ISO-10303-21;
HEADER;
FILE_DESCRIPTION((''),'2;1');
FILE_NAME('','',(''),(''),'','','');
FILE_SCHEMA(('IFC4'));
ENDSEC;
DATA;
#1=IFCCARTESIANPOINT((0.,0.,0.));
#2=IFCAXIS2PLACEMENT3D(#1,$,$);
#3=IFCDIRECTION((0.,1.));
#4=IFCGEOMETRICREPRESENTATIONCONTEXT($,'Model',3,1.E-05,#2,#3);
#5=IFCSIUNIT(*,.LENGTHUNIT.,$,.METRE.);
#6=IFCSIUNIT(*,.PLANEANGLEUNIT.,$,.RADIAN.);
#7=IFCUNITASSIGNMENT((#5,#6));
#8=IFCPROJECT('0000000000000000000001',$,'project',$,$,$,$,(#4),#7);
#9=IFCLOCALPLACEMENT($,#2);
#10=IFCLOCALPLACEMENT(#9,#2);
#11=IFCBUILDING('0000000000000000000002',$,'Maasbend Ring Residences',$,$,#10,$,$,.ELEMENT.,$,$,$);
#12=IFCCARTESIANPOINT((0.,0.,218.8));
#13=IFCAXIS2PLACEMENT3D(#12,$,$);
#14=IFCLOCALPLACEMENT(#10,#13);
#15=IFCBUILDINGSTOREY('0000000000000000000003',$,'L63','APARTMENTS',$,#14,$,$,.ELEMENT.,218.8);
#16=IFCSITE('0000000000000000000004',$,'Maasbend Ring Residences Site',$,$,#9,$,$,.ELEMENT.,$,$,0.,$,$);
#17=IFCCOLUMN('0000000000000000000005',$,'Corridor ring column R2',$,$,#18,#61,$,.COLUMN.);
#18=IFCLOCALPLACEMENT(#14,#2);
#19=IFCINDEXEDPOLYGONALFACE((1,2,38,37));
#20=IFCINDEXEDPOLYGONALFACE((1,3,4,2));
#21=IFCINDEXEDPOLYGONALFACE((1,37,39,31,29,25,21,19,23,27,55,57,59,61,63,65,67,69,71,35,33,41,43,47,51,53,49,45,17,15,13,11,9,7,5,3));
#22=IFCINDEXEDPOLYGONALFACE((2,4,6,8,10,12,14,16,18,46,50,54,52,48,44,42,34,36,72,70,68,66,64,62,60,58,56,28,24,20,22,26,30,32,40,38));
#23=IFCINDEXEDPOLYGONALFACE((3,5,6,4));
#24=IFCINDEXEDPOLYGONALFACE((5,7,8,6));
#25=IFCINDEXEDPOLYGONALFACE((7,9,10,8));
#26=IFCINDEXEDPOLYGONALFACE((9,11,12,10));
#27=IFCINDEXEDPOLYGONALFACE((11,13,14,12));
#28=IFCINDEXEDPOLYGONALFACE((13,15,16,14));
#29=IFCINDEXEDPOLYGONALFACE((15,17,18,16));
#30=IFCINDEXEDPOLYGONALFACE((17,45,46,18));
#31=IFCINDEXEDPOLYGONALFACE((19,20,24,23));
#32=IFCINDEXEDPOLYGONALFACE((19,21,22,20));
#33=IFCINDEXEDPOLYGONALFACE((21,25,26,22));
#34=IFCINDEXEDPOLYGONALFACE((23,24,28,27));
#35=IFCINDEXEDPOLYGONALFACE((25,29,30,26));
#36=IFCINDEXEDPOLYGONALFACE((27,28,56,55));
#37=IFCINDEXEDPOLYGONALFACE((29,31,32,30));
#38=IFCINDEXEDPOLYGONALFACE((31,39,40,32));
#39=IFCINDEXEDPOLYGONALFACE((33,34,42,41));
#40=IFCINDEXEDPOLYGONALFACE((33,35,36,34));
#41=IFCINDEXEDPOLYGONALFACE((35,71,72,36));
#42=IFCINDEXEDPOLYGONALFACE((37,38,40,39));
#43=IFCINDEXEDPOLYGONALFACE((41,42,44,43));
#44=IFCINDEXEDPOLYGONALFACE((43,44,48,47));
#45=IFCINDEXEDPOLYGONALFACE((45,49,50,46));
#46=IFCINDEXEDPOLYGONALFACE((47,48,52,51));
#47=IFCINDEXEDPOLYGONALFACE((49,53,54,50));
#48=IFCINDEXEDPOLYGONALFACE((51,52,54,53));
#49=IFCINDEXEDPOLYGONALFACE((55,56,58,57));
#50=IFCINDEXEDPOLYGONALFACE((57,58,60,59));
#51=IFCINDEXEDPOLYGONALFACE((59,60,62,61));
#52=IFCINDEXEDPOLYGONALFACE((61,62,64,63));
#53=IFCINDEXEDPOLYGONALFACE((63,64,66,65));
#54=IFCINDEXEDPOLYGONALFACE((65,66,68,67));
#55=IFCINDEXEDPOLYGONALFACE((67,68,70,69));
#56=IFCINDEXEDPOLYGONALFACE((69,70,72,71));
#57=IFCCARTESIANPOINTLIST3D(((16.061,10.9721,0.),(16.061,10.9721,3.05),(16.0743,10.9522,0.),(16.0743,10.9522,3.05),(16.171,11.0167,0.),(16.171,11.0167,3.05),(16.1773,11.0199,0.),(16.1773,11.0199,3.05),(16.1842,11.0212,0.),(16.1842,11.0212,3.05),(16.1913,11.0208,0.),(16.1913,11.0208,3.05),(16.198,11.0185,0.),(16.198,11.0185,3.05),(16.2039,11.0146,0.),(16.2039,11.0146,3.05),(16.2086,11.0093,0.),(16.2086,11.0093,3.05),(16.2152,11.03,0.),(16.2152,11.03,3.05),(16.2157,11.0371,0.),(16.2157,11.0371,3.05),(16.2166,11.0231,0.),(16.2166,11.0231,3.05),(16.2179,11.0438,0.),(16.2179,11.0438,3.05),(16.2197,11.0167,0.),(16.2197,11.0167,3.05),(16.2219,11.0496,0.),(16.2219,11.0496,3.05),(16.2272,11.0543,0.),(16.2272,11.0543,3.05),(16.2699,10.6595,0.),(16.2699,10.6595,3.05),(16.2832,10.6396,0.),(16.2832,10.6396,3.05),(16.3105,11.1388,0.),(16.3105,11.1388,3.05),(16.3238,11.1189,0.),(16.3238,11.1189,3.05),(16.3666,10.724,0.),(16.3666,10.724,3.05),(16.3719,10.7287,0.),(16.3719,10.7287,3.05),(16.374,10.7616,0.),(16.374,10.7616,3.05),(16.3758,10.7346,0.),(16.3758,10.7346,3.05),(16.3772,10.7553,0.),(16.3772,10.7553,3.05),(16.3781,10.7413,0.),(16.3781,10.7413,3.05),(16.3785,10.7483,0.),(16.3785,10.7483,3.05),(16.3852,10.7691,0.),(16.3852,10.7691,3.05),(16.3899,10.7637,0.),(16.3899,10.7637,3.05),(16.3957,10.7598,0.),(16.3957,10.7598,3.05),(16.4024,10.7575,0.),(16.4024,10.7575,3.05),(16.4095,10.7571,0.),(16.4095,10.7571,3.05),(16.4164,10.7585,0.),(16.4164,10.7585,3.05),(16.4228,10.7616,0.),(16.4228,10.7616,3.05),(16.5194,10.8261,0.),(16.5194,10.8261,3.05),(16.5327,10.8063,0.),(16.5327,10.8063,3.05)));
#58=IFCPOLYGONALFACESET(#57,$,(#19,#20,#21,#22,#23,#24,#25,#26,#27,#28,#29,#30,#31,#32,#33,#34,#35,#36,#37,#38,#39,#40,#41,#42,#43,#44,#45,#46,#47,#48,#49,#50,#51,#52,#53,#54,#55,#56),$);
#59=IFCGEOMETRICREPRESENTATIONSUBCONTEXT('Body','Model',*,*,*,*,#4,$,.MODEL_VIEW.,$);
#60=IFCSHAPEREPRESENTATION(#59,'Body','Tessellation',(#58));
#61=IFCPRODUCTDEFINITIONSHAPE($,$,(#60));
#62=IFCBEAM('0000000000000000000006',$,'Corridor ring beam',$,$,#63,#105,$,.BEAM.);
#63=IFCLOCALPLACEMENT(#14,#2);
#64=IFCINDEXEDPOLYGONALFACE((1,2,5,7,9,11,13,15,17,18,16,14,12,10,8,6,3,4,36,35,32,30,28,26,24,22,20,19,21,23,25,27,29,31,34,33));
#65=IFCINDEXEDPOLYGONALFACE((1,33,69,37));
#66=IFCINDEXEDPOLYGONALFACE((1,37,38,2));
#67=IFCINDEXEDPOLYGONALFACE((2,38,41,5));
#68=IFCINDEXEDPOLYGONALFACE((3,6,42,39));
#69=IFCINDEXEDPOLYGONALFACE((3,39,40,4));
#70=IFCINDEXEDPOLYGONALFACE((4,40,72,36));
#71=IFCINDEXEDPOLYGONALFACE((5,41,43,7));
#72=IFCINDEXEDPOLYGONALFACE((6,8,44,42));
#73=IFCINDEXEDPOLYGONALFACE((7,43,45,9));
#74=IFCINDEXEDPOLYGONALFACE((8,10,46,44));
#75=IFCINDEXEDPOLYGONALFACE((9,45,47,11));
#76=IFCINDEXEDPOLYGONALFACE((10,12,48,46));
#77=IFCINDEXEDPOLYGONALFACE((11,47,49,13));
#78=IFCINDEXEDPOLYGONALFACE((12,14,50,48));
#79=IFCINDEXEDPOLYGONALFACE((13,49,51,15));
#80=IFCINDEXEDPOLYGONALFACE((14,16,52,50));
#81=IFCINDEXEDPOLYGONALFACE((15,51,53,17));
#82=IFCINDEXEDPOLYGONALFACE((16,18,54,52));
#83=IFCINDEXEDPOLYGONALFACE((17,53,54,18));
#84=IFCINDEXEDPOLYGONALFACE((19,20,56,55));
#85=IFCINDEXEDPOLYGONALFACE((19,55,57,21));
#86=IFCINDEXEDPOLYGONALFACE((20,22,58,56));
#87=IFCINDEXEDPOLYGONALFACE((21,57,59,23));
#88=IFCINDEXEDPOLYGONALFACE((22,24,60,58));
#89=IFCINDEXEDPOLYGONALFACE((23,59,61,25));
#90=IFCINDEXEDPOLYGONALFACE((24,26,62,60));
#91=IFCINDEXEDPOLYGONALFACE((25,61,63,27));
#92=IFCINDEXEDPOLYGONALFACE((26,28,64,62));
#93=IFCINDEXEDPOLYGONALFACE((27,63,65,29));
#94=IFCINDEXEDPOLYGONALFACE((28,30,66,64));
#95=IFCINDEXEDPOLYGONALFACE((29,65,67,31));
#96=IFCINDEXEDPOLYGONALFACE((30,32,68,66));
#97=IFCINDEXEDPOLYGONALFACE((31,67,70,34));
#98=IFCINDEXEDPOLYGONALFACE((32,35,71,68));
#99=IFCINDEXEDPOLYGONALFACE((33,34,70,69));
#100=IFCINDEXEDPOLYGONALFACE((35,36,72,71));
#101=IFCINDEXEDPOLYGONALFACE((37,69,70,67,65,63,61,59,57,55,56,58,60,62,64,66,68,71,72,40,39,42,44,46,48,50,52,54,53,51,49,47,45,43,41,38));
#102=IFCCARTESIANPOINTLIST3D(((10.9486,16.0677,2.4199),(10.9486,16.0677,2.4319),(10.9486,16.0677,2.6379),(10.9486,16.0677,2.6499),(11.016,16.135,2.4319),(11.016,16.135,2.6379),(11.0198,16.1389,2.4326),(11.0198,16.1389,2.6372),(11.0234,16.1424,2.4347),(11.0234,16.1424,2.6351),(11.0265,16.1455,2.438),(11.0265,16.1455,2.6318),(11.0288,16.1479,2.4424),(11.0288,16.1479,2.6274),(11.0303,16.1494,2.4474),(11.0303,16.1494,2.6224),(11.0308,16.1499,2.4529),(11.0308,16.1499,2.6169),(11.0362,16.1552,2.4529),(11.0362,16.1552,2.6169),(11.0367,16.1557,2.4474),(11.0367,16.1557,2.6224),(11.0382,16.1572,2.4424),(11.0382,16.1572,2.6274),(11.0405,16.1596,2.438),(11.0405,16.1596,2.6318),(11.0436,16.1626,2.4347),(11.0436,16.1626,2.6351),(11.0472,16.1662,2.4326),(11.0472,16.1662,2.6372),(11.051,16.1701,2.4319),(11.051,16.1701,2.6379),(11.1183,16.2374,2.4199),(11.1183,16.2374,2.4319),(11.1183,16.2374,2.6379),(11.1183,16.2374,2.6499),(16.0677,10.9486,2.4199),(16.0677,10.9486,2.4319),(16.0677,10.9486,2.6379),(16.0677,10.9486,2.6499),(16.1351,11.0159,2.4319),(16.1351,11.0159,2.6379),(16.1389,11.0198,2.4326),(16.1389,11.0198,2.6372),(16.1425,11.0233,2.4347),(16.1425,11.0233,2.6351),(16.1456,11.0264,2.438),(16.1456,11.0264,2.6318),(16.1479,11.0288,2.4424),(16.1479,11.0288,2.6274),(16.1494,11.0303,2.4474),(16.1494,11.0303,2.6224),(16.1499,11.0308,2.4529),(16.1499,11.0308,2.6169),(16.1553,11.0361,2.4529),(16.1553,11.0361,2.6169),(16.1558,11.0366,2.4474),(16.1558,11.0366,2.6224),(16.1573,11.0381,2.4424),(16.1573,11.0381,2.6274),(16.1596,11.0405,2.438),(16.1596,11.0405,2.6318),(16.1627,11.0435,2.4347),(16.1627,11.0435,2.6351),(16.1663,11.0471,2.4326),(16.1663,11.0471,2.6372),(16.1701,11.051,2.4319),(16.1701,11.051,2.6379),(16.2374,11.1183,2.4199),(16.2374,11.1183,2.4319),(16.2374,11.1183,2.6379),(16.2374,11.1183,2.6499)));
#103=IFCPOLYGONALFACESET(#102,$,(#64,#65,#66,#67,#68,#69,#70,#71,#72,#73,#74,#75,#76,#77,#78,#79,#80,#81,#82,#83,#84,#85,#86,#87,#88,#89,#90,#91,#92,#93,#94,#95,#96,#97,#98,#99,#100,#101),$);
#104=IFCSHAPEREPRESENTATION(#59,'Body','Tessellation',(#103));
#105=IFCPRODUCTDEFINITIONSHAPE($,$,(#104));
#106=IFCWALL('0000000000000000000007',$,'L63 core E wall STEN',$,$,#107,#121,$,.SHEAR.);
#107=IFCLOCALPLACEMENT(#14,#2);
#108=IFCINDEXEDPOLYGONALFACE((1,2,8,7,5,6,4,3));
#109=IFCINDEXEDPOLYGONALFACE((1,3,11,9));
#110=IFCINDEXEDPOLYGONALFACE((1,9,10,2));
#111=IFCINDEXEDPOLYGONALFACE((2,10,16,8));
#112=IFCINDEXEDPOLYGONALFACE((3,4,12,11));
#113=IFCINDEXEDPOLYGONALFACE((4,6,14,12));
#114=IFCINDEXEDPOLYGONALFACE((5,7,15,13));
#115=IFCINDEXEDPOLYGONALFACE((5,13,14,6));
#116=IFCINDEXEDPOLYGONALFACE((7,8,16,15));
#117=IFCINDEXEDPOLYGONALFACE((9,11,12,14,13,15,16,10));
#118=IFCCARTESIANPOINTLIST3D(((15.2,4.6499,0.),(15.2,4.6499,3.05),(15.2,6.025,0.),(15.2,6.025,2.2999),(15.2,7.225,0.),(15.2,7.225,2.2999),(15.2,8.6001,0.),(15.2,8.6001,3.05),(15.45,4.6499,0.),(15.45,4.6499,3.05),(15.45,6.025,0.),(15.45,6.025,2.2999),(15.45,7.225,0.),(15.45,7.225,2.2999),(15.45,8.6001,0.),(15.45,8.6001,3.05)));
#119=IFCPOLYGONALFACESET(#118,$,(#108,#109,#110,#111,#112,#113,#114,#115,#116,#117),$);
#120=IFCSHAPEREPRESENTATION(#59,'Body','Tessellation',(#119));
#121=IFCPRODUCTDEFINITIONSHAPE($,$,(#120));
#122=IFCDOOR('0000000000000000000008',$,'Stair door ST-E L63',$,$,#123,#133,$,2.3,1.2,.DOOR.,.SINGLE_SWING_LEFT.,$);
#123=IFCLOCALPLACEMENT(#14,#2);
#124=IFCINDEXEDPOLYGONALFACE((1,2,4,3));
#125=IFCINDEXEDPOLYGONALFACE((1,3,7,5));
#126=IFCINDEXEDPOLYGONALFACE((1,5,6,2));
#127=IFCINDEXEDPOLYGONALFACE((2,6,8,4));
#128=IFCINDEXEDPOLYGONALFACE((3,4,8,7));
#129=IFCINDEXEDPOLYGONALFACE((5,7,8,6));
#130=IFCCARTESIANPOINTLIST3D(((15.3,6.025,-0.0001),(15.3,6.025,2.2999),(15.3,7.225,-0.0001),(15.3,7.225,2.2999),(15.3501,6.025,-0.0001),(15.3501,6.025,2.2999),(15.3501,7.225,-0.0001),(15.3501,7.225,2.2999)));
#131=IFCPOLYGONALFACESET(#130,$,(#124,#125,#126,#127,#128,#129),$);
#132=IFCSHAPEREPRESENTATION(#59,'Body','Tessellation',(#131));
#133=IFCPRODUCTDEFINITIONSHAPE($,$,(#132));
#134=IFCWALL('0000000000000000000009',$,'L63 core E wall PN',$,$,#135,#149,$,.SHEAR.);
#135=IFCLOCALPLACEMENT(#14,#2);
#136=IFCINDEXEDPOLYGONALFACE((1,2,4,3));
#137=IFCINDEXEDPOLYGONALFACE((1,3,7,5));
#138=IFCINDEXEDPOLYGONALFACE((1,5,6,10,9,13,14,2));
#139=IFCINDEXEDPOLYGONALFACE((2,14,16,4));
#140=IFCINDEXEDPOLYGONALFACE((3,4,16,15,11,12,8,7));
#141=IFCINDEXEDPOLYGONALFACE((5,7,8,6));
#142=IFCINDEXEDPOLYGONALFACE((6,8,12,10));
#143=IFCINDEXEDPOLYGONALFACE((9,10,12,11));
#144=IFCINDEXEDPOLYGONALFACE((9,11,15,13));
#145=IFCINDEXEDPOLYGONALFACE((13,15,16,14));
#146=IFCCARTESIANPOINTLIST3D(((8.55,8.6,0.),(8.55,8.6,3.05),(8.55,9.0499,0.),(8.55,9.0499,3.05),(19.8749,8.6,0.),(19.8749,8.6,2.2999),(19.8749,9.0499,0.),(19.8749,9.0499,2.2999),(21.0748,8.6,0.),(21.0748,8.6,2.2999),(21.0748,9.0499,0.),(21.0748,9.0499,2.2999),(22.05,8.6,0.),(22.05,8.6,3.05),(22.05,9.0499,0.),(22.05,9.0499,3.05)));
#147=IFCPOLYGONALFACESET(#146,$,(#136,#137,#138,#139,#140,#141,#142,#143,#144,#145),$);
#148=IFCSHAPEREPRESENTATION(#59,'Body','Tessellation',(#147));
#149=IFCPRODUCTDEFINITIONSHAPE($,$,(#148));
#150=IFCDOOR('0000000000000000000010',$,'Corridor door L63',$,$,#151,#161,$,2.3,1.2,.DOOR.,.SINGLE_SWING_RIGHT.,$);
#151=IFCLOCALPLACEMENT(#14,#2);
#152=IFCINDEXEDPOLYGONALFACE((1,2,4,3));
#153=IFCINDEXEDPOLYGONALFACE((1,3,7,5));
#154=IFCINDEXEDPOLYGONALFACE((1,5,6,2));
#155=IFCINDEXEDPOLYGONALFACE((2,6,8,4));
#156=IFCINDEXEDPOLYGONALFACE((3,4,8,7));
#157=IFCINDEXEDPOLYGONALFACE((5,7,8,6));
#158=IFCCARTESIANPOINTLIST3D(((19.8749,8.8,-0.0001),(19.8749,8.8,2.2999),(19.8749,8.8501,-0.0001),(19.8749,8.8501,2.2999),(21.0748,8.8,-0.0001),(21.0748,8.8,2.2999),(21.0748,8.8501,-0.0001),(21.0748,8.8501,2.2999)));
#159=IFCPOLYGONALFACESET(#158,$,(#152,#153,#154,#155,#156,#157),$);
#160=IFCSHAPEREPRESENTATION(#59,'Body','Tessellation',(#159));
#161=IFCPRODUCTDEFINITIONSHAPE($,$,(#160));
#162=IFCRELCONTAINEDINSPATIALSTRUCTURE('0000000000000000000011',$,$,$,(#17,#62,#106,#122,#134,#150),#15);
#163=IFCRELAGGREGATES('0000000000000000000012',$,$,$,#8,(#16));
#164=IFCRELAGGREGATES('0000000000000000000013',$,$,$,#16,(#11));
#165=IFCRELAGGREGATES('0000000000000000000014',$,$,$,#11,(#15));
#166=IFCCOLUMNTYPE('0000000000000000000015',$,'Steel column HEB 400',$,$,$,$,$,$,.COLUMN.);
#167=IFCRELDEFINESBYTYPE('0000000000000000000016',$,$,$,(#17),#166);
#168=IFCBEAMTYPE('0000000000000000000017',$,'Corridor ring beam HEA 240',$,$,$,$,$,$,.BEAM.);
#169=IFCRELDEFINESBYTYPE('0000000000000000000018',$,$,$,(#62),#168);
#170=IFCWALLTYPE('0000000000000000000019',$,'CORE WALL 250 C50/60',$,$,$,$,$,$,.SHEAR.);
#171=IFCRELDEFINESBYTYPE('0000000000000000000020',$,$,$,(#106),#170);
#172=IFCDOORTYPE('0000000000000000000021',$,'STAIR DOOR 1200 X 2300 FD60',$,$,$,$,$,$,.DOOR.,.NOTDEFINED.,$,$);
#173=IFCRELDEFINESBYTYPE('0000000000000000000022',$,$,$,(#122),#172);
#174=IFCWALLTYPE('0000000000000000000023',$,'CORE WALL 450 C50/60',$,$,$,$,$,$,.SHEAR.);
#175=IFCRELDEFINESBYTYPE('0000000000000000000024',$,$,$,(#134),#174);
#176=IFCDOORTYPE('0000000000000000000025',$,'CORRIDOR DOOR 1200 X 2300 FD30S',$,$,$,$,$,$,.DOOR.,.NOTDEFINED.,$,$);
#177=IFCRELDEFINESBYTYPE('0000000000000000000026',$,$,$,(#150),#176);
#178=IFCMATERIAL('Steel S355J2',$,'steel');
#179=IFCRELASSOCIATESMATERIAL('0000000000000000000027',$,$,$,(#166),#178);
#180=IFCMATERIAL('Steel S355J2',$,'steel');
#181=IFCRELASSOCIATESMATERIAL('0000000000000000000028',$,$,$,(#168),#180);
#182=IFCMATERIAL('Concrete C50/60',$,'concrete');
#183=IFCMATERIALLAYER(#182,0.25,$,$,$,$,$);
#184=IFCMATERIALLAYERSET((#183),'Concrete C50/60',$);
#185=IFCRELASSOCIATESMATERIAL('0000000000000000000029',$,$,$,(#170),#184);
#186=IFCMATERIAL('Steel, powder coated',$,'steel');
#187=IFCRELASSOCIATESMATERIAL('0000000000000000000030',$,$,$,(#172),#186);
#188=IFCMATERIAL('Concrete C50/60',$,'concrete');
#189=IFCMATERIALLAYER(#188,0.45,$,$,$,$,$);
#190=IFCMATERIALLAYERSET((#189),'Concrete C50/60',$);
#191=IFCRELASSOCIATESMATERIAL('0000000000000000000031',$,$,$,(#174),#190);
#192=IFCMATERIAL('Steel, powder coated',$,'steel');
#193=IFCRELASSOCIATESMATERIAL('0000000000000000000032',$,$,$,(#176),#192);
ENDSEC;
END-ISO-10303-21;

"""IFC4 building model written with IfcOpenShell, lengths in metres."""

from ifc_helpers import new_model, si_unit, direction, frame, frame_2d, origin, origin_2d, place, context, subcontext, project, spatial, rectangle, i_section, extrude, material, layer, layer_set, material_profile, profile_set, type_object, element, fill, save


model = new_model("IFC4")

# Units and contexts
model_context = context("Model", 3, precision=1e-05, world=origin(), true_north=direction((0.0, 1.0)))
body_context = subcontext(model_context, "Body", "Model", "MODEL_VIEW")
ifc_project = project(units=[si_unit("LENGTHUNIT", "METRE"), si_unit("PLANEANGLEUNIT", "RADIAN")], contexts=[model_context])

# Site, building, storey
site_placement = place(None, origin())
site = spatial("IfcSite", under=ifc_project, at=site_placement, Name="Maasbend Ring Residences Site", CompositionType="ELEMENT", RefElevation=0.0)
building_placement = place(site_placement, origin())
building = spatial("IfcBuilding", under=site, at=building_placement, Name="Maasbend Ring Residences", CompositionType="ELEMENT")
storey_placement = place(building_placement, frame((0.0, 0.0, 218.8)))
storey = spatial("IfcBuildingStorey", under=building, at=storey_placement, Name="L63", Description="APARTMENTS", CompositionType="ELEMENT", Elevation=218.8)

# Column
ifc_material_1 = material(Name="Steel S355J2", Category="steel")
ifc_material_profile_1 = material_profile(ifc_material_1, i_section(OverallWidth=0.3, OverallDepth=0.3999, WebThickness=0.0134, FlangeThickness=0.0239, FilletRadius=0.0271, at=origin_2d()), Name="HEB 400")
ifc_profile_set_1 = profile_set([ifc_material_profile_1], Name="Steel S355J2")
column_type = type_object("IfcColumnType", Name="Steel column HEB 400", PredefinedType="COLUMN", material=ifc_profile_set_1)
column_placement = place(storey_placement, frame((16.2969, 10.8892, 0.0), z_axis=(0.0, 0.0, 1.0), x_axis=(0.83147, 0.55557, 0.0)))
element("IfcColumn", 1, at=column_placement, inside=storey, type_object=column_type, Name="Corridor ring column R2", PredefinedType="COLUMN", context=body_context, shape_type="SweptSolid", body=[
    extrude(i_section(OverallWidth=0.3, OverallDepth=0.3999, WebThickness=0.0134, FlangeThickness=0.0239, FilletRadius=0.0271, at=origin_2d()), origin(), (0.0, 0.0, 1.0), 3.05),
])

# Beam
ifc_material_2 = material(Name="Steel S355J2", Category="steel")
ifc_material_profile_2 = material_profile(ifc_material_2, i_section(OverallWidth=0.24, OverallDepth=0.23, WebThickness=0.0076, FlangeThickness=0.012, FilletRadius=0.021, at=origin_2d()), Name="HEA 240")
ifc_profile_set_2 = profile_set([ifc_material_profile_2], Name="Steel S355J2")
beam_type = type_object("IfcBeamType", Name="Corridor ring beam HEA 240", PredefinedType="BEAM", material=ifc_profile_set_2)
beam_placement = place(storey_placement, frame((16.1526, 11.0334, 2.5349), z_axis=(-0.707107, 0.707107, 0.0), x_axis=(-0.707107, -0.707107, 0.0)))
element("IfcBeam", 2, at=beam_placement, inside=storey, type_object=beam_type, Name="Corridor ring beam", PredefinedType="BEAM", context=body_context, shape_type="SweptSolid", body=[
    extrude(i_section(OverallWidth=0.24, OverallDepth=0.23, WebThickness=0.0076, FlangeThickness=0.012, FilletRadius=0.021, at=origin_2d()), origin(), (0.0, 0.0, 1.0), 7.2395),
])

# Walls, openings, doors
ifc_material_3 = material(Name="Concrete C50/60", Category="concrete")
ifc_layer_1 = layer(ifc_material_3, 0.25)
ifc_layer_set_1 = layer_set([ifc_layer_1], Name="Concrete C50/60")
wall_type_1 = type_object("IfcWallType", Name="CORE WALL 250 C50/60", PredefinedType="SHEAR", material=ifc_layer_set_1)
wall_1_placement = place(storey_placement, frame((15.325, 4.6499, 0.0), z_axis=(0.0, 0.0, 1.0), x_axis=(0.0, 1.0, 0.0)))
wall_1 = element("IfcWall", 3, at=wall_1_placement, inside=storey, type_object=wall_type_1, Name="L63 core E wall STEN", PredefinedType="SHEAR", context=body_context, shape_type="SweptSolid", body=[
    extrude(rectangle(XDim=3.9502, YDim=0.25, at=frame_2d((1.9751, 0.0))), origin(), (0.0, 0.0, 1.0), 3.05),
])
opening_1_placement = place(wall_1_placement, frame((1.375, 0.0, 0.0)))
opening_1 = element("IfcOpeningElement", 4, at=opening_1_placement, cuts=wall_1, PredefinedType="OPENING", context=body_context, shape_type="SweptSolid", body=[
    extrude(rectangle(XDim=1.2, YDim=2.3, at=frame_2d((0.6001, 1.1499))), frame((0.0, 0.135, 0.0), z_axis=(0.0, -1.0, 0.0), x_axis=(1.0, 0.0, 0.0)), (0.0, 0.0, 1.0), 0.27),
])
ifc_material_4 = material(Name="Steel, powder coated", Category="steel")
door_type_1 = type_object("IfcDoorType", Name="STAIR DOOR 1200 X 2300 FD60", OperationType="NOTDEFINED", PredefinedType="DOOR", material=ifc_material_4)
door_1_placement = place(opening_1_placement, origin())
door_1 = element("IfcDoor", 5, at=door_1_placement, inside=storey, type_object=door_type_1, Name="Stair door ST-E L63", OperationType="SINGLE_SWING_LEFT", OverallHeight=2.3, OverallWidth=1.2, PredefinedType="DOOR", context=body_context, shape_type="SweptSolid", body=[
    extrude(rectangle(XDim=1.2, YDim=2.3, at=frame_2d((0.6001, 1.1499))), frame((0.0, 0.0249, 0.0), z_axis=(0.0, -1.0, 0.0), x_axis=(1.0, 0.0, 0.0)), (0.0, 0.0, 1.0), 0.05),
])
fill(opening_1, door_1)
ifc_material_5 = material(Name="Concrete C50/60", Category="concrete")
ifc_layer_2 = layer(ifc_material_5, 0.45)
ifc_layer_set_2 = layer_set([ifc_layer_2], Name="Concrete C50/60")
wall_type_2 = type_object("IfcWallType", Name="CORE WALL 450 C50/60", PredefinedType="SHEAR", material=ifc_layer_set_2)
wall_2_placement = place(storey_placement, frame((22.05, 8.825, 0.0), z_axis=(0.0, 0.0, 1.0), x_axis=(-1.0, 0.0, 0.0)))
wall_2 = element("IfcWall", 6, at=wall_2_placement, inside=storey, type_object=wall_type_2, Name="L63 core E wall PN", PredefinedType="SHEAR", context=body_context, shape_type="SweptSolid", body=[
    extrude(rectangle(XDim=13.5, YDim=0.45, at=frame_2d((6.75, 0.0))), origin(), (0.0, 0.0, 1.0), 3.05),
])
opening_2_placement = place(wall_2_placement, frame((0.9751, 0.0, 0.0)))
opening_2 = element("IfcOpeningElement", 7, at=opening_2_placement, cuts=wall_2, PredefinedType="OPENING", context=body_context, shape_type="SweptSolid", body=[
    extrude(rectangle(XDim=1.2, YDim=2.3, at=frame_2d((0.6001, 1.1499))), frame((0.0, 0.2349, 0.0), z_axis=(0.0, -1.0, 0.0), x_axis=(1.0, 0.0, 0.0)), (0.0, 0.0, 1.0), 0.47),
])
ifc_material_6 = material(Name="Steel, powder coated", Category="steel")
door_type_2 = type_object("IfcDoorType", Name="CORRIDOR DOOR 1200 X 2300 FD30S", OperationType="NOTDEFINED", PredefinedType="DOOR", material=ifc_material_6)
door_2_placement = place(opening_2_placement, origin())
door_2 = element("IfcDoor", 8, at=door_2_placement, inside=storey, type_object=door_type_2, Name="Corridor door L63", OperationType="SINGLE_SWING_RIGHT", OverallHeight=2.3, OverallWidth=1.2, PredefinedType="DOOR", context=body_context, shape_type="SweptSolid", body=[
    extrude(rectangle(XDim=1.2, YDim=2.3, at=frame_2d((0.6001, 1.1499))), frame((0.0, 0.0249, 0.0), z_axis=(0.0, -1.0, 0.0), x_axis=(1.0, 0.0, 0.0)), (0.0, 0.0, 1.0), 0.05),
])
fill(opening_2, door_2)

save(model, "model.ifc")
